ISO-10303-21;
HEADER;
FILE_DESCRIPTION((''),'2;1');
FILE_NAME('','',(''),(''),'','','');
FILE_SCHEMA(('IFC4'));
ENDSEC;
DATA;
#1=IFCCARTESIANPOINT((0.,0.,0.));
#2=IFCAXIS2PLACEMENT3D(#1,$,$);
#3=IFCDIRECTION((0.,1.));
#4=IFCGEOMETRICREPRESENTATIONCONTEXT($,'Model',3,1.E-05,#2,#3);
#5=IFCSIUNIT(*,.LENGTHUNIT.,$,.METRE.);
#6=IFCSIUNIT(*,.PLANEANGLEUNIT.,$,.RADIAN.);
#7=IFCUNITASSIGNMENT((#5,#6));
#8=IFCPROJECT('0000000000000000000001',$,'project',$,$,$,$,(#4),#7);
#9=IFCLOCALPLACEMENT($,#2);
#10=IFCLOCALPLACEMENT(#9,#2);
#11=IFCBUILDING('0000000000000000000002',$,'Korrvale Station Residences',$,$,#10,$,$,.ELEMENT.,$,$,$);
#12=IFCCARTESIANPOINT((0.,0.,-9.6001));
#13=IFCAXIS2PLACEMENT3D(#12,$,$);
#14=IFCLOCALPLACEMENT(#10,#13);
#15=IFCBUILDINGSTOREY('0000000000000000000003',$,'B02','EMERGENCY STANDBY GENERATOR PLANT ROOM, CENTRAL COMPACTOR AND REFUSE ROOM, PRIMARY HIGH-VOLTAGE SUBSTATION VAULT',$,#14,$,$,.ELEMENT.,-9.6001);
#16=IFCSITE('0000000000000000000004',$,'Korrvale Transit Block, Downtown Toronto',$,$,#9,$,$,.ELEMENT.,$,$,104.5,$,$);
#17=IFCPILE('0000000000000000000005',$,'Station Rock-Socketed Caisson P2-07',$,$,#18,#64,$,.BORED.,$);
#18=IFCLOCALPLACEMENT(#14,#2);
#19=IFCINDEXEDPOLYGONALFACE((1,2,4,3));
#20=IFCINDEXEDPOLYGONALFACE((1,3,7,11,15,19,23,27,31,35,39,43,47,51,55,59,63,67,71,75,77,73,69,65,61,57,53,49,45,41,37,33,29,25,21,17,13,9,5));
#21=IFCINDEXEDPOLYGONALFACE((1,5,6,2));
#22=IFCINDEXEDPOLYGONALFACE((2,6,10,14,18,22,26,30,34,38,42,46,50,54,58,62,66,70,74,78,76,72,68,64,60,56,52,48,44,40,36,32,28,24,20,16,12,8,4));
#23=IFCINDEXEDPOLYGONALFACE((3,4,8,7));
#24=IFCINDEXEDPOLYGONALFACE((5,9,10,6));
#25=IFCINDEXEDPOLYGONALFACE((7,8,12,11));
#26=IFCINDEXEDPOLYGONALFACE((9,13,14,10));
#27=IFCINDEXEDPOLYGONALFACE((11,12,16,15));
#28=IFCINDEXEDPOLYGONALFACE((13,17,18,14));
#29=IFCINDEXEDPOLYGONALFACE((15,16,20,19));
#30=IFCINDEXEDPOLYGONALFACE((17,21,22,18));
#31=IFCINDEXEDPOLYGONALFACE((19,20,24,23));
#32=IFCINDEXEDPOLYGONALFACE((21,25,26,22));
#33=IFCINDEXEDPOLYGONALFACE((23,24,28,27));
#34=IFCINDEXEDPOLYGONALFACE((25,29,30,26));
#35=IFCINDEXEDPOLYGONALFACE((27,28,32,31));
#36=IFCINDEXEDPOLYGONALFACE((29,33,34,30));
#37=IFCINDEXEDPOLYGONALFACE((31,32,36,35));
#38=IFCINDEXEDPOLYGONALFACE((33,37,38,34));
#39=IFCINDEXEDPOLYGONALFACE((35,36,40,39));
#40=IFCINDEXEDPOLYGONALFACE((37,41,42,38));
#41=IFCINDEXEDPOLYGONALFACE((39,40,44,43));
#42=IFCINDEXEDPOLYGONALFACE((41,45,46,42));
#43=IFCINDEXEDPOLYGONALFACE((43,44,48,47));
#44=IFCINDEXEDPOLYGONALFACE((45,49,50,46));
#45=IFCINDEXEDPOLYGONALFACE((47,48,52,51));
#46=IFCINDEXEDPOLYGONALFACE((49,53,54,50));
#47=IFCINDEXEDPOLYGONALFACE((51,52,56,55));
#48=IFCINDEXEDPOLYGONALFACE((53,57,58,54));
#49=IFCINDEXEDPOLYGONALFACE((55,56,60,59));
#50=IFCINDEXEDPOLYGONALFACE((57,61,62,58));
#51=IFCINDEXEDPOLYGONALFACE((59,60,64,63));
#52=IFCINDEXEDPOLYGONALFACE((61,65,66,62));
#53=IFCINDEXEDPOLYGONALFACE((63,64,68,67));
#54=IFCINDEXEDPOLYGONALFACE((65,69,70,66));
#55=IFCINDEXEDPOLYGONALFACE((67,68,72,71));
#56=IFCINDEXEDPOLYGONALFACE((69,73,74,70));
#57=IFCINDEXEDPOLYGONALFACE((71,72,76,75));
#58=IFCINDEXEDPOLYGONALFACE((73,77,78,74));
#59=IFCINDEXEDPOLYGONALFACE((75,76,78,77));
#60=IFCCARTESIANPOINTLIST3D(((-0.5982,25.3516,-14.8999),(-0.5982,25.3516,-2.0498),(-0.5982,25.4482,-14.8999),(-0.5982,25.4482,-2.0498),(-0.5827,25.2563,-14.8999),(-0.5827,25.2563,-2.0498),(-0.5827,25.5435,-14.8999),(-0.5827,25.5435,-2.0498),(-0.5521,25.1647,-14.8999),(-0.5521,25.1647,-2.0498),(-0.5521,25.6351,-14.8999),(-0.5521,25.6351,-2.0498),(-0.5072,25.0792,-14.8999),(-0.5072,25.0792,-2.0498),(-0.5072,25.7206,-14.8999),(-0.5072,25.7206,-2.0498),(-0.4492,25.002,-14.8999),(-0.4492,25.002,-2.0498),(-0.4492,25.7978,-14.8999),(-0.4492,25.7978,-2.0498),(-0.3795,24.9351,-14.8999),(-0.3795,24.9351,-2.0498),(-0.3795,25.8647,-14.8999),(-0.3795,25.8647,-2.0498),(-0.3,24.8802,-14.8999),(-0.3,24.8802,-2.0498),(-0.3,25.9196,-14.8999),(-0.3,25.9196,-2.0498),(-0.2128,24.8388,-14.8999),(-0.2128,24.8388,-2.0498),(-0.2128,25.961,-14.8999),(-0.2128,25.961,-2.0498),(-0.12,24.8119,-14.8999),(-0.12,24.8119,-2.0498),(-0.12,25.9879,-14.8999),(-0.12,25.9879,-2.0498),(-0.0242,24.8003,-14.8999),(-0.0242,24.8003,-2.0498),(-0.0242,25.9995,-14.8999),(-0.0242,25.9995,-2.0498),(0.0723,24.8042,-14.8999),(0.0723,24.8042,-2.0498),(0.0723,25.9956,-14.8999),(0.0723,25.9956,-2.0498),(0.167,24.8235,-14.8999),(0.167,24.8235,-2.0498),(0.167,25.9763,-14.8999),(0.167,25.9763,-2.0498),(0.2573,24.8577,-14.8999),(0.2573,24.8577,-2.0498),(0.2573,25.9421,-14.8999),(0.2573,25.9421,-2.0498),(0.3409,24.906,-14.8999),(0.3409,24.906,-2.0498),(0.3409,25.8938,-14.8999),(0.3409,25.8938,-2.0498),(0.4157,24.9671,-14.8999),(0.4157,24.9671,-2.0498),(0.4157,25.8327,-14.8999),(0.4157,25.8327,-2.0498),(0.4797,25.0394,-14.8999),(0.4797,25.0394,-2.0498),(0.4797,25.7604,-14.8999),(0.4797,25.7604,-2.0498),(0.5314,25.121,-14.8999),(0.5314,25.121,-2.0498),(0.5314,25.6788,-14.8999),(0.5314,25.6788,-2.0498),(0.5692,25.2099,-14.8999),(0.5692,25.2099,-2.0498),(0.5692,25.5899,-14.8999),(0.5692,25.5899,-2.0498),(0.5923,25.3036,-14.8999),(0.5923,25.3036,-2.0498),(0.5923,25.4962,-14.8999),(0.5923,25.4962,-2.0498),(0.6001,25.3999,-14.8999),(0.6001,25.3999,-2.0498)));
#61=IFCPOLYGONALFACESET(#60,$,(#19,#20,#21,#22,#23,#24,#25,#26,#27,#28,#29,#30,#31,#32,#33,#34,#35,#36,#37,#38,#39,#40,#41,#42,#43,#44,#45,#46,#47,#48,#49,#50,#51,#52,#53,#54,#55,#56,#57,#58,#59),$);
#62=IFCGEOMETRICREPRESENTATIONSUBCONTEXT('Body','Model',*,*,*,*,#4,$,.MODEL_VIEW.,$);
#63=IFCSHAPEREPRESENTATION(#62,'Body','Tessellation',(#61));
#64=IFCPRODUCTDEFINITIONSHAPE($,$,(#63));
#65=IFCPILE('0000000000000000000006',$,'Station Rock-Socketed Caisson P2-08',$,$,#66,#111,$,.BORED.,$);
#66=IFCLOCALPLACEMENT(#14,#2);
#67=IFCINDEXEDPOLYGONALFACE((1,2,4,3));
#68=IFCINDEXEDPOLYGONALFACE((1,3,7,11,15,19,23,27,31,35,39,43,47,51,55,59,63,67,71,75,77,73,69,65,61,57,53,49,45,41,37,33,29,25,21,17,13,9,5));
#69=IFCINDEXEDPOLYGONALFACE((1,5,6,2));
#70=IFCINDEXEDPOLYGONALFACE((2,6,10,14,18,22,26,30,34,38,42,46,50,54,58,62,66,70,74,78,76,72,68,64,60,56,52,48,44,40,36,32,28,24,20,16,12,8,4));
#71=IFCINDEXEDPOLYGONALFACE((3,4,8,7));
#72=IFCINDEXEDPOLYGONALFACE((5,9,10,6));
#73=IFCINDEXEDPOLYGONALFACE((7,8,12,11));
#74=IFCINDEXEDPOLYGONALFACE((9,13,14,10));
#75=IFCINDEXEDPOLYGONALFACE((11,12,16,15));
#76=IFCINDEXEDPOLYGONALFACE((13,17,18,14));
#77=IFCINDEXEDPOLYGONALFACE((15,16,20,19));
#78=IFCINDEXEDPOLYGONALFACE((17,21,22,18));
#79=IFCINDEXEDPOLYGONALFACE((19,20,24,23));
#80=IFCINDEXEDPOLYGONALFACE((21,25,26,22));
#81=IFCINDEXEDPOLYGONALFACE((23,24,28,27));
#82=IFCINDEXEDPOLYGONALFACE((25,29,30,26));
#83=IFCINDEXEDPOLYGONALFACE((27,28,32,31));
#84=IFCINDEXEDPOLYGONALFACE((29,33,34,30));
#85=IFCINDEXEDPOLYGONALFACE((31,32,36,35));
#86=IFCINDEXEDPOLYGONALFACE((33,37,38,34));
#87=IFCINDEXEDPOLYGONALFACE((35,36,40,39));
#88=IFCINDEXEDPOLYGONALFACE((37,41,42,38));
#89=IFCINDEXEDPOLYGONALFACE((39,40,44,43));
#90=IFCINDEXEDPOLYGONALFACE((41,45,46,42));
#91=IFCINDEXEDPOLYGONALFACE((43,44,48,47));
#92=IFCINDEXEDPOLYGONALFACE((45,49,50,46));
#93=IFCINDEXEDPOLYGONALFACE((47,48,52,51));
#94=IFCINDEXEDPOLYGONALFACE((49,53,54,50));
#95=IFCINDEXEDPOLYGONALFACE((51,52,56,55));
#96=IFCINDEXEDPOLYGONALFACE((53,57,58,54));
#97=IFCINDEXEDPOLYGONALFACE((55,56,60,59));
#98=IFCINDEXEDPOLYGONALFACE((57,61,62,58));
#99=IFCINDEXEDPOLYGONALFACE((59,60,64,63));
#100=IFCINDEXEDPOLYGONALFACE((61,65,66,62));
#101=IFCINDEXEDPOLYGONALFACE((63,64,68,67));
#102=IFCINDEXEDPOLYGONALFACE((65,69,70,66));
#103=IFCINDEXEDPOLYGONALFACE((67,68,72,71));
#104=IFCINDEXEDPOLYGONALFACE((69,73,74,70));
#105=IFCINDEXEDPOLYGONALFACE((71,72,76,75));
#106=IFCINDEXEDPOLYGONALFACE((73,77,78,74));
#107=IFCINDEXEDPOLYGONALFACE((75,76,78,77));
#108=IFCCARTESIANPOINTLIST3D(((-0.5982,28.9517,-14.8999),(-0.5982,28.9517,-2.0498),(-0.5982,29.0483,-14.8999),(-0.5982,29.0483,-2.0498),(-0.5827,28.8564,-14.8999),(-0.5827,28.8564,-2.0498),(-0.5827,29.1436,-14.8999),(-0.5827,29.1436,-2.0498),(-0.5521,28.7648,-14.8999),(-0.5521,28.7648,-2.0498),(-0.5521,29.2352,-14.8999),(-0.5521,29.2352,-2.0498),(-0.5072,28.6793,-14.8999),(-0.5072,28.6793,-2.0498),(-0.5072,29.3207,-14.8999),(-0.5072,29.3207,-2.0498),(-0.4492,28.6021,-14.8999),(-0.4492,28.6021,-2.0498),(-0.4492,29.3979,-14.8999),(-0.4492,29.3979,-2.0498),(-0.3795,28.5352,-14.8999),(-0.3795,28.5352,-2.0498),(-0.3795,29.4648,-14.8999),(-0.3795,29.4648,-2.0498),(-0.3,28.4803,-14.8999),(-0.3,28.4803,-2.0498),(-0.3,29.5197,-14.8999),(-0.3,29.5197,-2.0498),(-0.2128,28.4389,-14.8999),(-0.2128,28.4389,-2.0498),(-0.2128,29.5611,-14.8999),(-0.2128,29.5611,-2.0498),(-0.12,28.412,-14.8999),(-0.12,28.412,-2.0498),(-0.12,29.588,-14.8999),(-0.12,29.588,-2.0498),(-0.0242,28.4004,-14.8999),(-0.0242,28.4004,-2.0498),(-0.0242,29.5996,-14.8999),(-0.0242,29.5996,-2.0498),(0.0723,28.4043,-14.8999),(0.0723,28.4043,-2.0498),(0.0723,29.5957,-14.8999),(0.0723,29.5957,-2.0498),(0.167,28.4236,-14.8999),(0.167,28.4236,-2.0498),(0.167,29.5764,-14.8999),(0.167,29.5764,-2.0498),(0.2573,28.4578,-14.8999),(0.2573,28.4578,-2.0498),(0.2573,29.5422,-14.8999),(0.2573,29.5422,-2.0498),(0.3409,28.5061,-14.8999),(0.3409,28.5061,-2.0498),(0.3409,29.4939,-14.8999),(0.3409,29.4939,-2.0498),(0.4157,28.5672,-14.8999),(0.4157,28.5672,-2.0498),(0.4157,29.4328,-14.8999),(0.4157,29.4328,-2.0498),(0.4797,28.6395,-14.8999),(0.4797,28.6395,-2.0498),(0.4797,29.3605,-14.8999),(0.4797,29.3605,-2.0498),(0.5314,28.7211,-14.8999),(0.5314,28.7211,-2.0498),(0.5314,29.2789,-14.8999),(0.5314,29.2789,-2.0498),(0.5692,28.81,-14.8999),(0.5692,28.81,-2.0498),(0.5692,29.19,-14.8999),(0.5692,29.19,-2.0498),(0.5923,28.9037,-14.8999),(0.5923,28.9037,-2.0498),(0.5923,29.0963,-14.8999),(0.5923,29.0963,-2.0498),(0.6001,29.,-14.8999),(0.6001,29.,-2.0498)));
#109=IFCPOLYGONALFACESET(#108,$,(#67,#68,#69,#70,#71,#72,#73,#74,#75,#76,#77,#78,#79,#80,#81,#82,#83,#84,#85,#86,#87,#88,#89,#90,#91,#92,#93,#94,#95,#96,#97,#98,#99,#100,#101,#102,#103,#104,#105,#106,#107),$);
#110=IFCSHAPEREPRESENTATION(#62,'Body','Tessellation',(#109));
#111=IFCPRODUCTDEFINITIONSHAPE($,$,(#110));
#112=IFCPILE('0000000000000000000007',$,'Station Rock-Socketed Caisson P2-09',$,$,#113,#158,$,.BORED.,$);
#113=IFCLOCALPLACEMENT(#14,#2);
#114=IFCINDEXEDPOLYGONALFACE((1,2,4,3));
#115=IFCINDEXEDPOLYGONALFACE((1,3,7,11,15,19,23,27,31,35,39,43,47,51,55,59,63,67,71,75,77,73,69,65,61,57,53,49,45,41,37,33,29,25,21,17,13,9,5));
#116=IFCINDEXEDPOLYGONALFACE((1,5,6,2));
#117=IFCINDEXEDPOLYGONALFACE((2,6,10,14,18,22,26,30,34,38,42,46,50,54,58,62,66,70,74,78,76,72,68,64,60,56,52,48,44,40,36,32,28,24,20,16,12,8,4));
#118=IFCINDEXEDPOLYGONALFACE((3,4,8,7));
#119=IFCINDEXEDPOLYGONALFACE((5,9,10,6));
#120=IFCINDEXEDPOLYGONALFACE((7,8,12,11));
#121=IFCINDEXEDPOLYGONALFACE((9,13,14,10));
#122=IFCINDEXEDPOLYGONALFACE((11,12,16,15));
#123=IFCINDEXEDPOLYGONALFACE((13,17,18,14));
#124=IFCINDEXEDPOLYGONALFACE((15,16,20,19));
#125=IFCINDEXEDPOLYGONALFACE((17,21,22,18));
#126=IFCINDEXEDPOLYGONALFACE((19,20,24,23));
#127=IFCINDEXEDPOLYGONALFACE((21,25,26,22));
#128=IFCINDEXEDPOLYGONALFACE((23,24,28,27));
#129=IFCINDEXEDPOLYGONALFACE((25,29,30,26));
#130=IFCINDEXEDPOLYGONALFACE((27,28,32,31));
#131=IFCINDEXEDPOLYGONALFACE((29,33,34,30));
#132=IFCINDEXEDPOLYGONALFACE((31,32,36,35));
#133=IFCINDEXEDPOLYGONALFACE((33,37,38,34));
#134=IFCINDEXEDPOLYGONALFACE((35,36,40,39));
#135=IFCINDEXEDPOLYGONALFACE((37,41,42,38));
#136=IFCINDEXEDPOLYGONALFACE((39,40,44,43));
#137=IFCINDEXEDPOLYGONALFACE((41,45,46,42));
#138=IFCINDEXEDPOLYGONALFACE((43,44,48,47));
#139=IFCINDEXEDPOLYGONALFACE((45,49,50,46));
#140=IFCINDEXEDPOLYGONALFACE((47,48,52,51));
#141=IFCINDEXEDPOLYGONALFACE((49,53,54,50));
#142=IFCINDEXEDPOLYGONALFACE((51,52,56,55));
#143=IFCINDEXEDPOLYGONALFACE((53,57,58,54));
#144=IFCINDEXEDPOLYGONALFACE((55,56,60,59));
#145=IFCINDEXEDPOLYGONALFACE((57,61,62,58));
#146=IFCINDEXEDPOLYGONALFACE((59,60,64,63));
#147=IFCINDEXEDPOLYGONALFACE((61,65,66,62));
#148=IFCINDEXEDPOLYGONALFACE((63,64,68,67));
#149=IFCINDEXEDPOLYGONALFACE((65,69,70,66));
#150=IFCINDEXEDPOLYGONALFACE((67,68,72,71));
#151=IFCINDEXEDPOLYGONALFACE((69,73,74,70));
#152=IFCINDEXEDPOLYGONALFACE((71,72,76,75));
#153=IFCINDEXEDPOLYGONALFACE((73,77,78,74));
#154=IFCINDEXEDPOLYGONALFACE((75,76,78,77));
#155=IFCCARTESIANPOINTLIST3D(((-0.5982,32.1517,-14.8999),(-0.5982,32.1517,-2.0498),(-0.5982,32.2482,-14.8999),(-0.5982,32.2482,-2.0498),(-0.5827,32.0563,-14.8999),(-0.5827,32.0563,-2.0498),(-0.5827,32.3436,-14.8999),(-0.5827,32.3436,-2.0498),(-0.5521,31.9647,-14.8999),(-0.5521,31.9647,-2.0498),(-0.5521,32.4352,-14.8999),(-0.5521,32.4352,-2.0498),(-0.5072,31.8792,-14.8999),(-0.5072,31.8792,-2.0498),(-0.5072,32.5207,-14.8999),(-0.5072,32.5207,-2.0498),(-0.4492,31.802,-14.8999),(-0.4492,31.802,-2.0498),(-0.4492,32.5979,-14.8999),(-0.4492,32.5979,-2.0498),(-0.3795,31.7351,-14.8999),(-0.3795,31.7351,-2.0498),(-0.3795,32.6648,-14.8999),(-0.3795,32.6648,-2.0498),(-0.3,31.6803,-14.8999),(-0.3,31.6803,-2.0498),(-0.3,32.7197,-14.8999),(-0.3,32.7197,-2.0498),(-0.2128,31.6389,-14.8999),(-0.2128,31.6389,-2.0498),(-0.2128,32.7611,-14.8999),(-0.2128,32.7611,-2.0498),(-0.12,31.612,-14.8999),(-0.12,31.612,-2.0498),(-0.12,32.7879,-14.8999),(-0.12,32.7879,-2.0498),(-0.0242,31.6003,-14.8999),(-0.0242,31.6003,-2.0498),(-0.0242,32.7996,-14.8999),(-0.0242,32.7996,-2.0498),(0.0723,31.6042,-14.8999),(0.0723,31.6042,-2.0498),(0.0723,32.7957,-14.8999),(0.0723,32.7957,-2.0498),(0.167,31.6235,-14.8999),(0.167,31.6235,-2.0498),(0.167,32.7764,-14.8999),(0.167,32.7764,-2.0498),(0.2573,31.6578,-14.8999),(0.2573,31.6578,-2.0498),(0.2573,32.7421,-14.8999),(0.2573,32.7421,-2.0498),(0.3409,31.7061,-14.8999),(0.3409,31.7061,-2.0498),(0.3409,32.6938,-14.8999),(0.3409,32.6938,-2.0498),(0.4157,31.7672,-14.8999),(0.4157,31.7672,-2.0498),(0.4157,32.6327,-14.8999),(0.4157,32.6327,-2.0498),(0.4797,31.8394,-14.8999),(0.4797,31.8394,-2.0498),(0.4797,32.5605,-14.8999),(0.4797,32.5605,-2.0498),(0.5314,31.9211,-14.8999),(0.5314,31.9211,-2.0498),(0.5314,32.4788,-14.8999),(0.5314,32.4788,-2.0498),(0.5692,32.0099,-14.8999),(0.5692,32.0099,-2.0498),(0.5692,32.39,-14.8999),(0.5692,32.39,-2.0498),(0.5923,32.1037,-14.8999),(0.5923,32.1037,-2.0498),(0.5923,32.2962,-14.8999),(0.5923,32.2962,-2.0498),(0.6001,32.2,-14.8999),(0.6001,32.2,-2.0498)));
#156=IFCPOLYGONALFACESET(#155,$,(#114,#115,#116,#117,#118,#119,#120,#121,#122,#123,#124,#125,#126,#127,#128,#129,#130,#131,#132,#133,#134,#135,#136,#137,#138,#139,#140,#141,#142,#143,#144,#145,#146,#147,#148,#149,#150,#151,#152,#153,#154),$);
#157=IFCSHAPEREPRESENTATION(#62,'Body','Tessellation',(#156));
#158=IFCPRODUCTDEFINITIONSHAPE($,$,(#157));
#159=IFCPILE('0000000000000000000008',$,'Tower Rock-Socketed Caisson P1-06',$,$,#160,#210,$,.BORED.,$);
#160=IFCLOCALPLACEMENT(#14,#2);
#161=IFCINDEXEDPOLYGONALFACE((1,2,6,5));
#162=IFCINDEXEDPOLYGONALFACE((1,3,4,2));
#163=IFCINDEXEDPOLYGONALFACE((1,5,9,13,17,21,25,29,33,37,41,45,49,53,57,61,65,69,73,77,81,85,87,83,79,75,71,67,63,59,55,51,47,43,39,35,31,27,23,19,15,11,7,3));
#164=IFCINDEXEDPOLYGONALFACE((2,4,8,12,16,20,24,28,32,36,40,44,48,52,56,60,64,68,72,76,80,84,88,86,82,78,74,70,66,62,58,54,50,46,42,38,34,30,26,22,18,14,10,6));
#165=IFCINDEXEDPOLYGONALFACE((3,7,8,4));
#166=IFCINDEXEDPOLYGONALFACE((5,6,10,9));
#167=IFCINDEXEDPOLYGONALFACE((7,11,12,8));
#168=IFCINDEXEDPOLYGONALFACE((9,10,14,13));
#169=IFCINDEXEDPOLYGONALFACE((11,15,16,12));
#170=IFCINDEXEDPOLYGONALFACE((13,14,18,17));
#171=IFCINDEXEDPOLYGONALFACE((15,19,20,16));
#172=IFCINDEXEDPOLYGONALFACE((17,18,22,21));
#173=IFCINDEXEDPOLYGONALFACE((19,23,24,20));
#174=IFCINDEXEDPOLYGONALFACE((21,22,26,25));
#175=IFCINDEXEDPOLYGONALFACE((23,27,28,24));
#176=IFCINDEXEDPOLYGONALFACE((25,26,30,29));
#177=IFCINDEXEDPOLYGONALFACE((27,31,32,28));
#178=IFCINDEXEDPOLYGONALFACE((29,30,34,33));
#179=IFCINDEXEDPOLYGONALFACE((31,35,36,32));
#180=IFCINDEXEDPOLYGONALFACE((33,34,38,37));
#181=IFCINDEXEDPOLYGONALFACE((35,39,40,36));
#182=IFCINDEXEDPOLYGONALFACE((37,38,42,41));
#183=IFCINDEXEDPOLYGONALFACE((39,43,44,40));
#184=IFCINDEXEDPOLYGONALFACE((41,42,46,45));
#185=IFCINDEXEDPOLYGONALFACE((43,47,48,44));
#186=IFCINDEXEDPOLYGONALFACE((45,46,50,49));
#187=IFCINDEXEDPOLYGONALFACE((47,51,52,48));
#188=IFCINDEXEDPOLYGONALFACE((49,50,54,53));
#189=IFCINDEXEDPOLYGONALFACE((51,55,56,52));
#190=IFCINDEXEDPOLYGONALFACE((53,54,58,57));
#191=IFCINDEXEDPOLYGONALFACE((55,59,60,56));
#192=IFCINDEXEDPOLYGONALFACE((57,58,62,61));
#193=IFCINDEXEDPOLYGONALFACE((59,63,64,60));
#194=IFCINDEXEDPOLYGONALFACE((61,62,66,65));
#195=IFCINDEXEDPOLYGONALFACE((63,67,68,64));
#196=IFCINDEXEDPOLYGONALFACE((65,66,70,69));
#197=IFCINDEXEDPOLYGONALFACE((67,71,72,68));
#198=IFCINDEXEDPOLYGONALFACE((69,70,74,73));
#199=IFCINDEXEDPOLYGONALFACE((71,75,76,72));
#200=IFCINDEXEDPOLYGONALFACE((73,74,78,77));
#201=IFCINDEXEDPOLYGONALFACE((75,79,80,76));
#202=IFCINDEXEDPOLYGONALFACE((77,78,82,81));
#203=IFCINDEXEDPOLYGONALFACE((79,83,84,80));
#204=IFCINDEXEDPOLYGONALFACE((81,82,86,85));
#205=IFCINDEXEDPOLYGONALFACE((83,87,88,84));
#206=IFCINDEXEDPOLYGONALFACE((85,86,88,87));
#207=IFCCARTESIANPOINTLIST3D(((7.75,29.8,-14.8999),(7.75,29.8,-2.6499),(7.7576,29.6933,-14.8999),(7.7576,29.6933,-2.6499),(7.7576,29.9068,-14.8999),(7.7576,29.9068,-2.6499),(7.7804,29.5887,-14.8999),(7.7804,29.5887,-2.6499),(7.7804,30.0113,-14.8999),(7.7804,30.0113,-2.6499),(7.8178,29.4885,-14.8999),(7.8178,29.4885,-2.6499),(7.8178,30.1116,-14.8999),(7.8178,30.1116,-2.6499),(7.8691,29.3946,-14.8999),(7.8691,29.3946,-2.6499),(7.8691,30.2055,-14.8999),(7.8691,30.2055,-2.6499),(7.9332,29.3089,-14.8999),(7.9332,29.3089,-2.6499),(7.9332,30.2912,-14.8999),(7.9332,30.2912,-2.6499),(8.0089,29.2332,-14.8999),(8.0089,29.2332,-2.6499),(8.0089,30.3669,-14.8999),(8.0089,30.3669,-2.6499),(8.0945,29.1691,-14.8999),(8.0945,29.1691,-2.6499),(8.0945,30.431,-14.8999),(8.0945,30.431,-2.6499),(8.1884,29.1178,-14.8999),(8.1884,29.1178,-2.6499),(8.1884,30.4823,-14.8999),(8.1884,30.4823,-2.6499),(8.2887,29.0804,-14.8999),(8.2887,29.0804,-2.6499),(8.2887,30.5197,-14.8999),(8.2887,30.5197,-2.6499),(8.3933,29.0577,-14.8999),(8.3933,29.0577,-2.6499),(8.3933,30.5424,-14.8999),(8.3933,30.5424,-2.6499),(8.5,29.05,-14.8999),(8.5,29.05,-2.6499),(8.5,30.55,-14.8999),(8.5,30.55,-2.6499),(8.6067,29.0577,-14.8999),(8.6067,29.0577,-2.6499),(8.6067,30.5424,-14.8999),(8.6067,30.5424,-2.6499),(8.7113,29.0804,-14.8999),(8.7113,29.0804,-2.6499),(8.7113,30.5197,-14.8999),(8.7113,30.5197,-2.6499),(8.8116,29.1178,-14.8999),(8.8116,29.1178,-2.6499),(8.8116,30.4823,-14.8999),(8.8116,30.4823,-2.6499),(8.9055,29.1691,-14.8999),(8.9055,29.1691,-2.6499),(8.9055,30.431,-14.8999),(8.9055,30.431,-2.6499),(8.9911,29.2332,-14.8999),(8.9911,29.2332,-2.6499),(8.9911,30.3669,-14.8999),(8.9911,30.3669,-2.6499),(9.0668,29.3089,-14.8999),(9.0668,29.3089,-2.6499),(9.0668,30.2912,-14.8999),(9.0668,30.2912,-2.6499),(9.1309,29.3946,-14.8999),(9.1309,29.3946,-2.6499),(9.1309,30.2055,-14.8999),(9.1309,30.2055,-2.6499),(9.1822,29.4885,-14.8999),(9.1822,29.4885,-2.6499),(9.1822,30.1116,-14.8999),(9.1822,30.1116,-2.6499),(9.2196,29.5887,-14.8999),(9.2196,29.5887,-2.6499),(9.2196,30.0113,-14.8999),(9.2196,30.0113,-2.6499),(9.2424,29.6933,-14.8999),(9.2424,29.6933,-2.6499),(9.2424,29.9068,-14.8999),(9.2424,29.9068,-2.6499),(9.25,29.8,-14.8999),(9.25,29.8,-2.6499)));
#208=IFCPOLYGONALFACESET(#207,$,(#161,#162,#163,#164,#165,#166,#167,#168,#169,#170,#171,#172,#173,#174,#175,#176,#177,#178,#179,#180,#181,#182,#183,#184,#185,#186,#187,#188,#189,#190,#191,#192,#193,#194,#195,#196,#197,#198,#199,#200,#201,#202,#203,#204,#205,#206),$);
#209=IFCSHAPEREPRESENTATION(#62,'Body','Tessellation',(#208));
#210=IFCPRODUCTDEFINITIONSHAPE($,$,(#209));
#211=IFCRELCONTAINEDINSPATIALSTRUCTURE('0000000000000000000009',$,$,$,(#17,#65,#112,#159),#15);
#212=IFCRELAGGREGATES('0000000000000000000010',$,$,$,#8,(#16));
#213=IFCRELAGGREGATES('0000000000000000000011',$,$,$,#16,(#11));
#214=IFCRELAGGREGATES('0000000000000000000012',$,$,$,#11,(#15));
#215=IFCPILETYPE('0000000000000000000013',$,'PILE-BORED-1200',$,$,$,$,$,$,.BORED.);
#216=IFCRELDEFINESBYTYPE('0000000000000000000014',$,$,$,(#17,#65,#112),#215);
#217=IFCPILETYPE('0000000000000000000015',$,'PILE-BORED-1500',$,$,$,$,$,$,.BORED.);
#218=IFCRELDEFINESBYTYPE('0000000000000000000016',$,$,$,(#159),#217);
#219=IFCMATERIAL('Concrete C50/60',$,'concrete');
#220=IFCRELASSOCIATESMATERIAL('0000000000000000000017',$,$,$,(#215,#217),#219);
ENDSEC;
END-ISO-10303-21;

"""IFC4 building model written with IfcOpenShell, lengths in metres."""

from ifc_helpers import new_model, si_unit, direction, frame, origin, origin_2d, place, context, subcontext, project, spatial, circle, extrude, material, material_profile, profile_set, type_object, element, save


model = new_model("IFC4")

# Units and contexts
model_context = context("Model", 3, precision=1e-05, world=origin(), true_north=direction((0.0, 1.0)))
body_context = subcontext(model_context, "Body", "Model", "MODEL_VIEW")
ifc_project = project(units=[si_unit("LENGTHUNIT", "METRE"), si_unit("PLANEANGLEUNIT", "RADIAN")], contexts=[model_context])

# Site, building, storey
site_placement = place(None, origin())
site = spatial("IfcSite", under=ifc_project, at=site_placement, Name="Korrvale Transit Block, Downtown Toronto", CompositionType="ELEMENT", RefElevation=104.5)
building_placement = place(site_placement, origin())
building = spatial("IfcBuilding", under=site, at=building_placement, Name="Korrvale Station Residences", CompositionType="ELEMENT")
storey_placement = place(building_placement, frame((0.0, 0.0, -9.6001)))
storey = spatial("IfcBuildingStorey", under=building, at=storey_placement, Name="B02", Description="EMERGENCY STANDBY GENERATOR PLANT ROOM, CENTRAL COMPACTOR AND REFUSE ROOM, PRIMARY HIGH-VOLTAGE SUBSTATION VAULT", CompositionType="ELEMENT", Elevation=-9.6001)

# Piles
ifc_material_1 = material(Name="Concrete C50/60", Category="concrete")
ifc_material_profile_1 = material_profile(ifc_material_1, circle(Radius=0.6001, at=origin_2d()), Name="PILE1200")
ifc_profile_set_1 = profile_set([ifc_material_profile_1], Name="Concrete C50/60")
pile_type_1 = type_object("IfcPileType", Name="PILE-BORED-1200", PredefinedType="BORED", material=ifc_profile_set_1)
for number, where, z_axis, x_axis, name in (
    (1, (0.0, 25.3999, -2.0498), (0.0, 0.0, -1.0), (1.0, 0.0, 0.0), "Station Rock-Socketed Caisson P2-07"),
    (2, (0.0, 29.0, -2.0498), (0.0, 0.0, -1.0), (1.0, 0.0, 0.0), "Station Rock-Socketed Caisson P2-08"),
    (3, (0.0, 32.2, -2.0498), (0.0, 0.0, -1.0), (1.0, 0.0, 0.0), "Station Rock-Socketed Caisson P2-09"),
):
    element("IfcPile", number, at=place(storey_placement, frame(where, z_axis=z_axis, x_axis=x_axis)), inside=storey, type_object=pile_type_1, Name=name, PredefinedType="BORED", context=body_context, shape_type="SweptSolid", body=[
        extrude(circle(Radius=0.6001, at=origin_2d()), origin(), (0.0, 0.0, 1.0), 12.8501),
    ])
ifc_material_profile_2 = material_profile(ifc_material_1, circle(Radius=0.75, at=origin_2d()), Name="PILE1500")
ifc_profile_set_2 = profile_set([ifc_material_profile_2], Name="Concrete C50/60")
pile_type_2 = type_object("IfcPileType", Name="PILE-BORED-1500", PredefinedType="BORED", material=ifc_profile_set_2)
for number, where, z_axis, x_axis, name in (
    (4, (8.5, 29.8, -2.6499), (0.0, 0.0, -1.0), (1.0, 0.0, 0.0), "Tower Rock-Socketed Caisson P1-06"),
):
    element("IfcPile", number, at=place(storey_placement, frame(where, z_axis=z_axis, x_axis=x_axis)), inside=storey, type_object=pile_type_2, Name=name, PredefinedType="BORED", context=body_context, shape_type="SweptSolid", body=[
        extrude(circle(Radius=0.75, at=origin_2d()), origin(), (0.0, 0.0, 1.0), 12.25),
    ])

save(model, "model.ifc")
